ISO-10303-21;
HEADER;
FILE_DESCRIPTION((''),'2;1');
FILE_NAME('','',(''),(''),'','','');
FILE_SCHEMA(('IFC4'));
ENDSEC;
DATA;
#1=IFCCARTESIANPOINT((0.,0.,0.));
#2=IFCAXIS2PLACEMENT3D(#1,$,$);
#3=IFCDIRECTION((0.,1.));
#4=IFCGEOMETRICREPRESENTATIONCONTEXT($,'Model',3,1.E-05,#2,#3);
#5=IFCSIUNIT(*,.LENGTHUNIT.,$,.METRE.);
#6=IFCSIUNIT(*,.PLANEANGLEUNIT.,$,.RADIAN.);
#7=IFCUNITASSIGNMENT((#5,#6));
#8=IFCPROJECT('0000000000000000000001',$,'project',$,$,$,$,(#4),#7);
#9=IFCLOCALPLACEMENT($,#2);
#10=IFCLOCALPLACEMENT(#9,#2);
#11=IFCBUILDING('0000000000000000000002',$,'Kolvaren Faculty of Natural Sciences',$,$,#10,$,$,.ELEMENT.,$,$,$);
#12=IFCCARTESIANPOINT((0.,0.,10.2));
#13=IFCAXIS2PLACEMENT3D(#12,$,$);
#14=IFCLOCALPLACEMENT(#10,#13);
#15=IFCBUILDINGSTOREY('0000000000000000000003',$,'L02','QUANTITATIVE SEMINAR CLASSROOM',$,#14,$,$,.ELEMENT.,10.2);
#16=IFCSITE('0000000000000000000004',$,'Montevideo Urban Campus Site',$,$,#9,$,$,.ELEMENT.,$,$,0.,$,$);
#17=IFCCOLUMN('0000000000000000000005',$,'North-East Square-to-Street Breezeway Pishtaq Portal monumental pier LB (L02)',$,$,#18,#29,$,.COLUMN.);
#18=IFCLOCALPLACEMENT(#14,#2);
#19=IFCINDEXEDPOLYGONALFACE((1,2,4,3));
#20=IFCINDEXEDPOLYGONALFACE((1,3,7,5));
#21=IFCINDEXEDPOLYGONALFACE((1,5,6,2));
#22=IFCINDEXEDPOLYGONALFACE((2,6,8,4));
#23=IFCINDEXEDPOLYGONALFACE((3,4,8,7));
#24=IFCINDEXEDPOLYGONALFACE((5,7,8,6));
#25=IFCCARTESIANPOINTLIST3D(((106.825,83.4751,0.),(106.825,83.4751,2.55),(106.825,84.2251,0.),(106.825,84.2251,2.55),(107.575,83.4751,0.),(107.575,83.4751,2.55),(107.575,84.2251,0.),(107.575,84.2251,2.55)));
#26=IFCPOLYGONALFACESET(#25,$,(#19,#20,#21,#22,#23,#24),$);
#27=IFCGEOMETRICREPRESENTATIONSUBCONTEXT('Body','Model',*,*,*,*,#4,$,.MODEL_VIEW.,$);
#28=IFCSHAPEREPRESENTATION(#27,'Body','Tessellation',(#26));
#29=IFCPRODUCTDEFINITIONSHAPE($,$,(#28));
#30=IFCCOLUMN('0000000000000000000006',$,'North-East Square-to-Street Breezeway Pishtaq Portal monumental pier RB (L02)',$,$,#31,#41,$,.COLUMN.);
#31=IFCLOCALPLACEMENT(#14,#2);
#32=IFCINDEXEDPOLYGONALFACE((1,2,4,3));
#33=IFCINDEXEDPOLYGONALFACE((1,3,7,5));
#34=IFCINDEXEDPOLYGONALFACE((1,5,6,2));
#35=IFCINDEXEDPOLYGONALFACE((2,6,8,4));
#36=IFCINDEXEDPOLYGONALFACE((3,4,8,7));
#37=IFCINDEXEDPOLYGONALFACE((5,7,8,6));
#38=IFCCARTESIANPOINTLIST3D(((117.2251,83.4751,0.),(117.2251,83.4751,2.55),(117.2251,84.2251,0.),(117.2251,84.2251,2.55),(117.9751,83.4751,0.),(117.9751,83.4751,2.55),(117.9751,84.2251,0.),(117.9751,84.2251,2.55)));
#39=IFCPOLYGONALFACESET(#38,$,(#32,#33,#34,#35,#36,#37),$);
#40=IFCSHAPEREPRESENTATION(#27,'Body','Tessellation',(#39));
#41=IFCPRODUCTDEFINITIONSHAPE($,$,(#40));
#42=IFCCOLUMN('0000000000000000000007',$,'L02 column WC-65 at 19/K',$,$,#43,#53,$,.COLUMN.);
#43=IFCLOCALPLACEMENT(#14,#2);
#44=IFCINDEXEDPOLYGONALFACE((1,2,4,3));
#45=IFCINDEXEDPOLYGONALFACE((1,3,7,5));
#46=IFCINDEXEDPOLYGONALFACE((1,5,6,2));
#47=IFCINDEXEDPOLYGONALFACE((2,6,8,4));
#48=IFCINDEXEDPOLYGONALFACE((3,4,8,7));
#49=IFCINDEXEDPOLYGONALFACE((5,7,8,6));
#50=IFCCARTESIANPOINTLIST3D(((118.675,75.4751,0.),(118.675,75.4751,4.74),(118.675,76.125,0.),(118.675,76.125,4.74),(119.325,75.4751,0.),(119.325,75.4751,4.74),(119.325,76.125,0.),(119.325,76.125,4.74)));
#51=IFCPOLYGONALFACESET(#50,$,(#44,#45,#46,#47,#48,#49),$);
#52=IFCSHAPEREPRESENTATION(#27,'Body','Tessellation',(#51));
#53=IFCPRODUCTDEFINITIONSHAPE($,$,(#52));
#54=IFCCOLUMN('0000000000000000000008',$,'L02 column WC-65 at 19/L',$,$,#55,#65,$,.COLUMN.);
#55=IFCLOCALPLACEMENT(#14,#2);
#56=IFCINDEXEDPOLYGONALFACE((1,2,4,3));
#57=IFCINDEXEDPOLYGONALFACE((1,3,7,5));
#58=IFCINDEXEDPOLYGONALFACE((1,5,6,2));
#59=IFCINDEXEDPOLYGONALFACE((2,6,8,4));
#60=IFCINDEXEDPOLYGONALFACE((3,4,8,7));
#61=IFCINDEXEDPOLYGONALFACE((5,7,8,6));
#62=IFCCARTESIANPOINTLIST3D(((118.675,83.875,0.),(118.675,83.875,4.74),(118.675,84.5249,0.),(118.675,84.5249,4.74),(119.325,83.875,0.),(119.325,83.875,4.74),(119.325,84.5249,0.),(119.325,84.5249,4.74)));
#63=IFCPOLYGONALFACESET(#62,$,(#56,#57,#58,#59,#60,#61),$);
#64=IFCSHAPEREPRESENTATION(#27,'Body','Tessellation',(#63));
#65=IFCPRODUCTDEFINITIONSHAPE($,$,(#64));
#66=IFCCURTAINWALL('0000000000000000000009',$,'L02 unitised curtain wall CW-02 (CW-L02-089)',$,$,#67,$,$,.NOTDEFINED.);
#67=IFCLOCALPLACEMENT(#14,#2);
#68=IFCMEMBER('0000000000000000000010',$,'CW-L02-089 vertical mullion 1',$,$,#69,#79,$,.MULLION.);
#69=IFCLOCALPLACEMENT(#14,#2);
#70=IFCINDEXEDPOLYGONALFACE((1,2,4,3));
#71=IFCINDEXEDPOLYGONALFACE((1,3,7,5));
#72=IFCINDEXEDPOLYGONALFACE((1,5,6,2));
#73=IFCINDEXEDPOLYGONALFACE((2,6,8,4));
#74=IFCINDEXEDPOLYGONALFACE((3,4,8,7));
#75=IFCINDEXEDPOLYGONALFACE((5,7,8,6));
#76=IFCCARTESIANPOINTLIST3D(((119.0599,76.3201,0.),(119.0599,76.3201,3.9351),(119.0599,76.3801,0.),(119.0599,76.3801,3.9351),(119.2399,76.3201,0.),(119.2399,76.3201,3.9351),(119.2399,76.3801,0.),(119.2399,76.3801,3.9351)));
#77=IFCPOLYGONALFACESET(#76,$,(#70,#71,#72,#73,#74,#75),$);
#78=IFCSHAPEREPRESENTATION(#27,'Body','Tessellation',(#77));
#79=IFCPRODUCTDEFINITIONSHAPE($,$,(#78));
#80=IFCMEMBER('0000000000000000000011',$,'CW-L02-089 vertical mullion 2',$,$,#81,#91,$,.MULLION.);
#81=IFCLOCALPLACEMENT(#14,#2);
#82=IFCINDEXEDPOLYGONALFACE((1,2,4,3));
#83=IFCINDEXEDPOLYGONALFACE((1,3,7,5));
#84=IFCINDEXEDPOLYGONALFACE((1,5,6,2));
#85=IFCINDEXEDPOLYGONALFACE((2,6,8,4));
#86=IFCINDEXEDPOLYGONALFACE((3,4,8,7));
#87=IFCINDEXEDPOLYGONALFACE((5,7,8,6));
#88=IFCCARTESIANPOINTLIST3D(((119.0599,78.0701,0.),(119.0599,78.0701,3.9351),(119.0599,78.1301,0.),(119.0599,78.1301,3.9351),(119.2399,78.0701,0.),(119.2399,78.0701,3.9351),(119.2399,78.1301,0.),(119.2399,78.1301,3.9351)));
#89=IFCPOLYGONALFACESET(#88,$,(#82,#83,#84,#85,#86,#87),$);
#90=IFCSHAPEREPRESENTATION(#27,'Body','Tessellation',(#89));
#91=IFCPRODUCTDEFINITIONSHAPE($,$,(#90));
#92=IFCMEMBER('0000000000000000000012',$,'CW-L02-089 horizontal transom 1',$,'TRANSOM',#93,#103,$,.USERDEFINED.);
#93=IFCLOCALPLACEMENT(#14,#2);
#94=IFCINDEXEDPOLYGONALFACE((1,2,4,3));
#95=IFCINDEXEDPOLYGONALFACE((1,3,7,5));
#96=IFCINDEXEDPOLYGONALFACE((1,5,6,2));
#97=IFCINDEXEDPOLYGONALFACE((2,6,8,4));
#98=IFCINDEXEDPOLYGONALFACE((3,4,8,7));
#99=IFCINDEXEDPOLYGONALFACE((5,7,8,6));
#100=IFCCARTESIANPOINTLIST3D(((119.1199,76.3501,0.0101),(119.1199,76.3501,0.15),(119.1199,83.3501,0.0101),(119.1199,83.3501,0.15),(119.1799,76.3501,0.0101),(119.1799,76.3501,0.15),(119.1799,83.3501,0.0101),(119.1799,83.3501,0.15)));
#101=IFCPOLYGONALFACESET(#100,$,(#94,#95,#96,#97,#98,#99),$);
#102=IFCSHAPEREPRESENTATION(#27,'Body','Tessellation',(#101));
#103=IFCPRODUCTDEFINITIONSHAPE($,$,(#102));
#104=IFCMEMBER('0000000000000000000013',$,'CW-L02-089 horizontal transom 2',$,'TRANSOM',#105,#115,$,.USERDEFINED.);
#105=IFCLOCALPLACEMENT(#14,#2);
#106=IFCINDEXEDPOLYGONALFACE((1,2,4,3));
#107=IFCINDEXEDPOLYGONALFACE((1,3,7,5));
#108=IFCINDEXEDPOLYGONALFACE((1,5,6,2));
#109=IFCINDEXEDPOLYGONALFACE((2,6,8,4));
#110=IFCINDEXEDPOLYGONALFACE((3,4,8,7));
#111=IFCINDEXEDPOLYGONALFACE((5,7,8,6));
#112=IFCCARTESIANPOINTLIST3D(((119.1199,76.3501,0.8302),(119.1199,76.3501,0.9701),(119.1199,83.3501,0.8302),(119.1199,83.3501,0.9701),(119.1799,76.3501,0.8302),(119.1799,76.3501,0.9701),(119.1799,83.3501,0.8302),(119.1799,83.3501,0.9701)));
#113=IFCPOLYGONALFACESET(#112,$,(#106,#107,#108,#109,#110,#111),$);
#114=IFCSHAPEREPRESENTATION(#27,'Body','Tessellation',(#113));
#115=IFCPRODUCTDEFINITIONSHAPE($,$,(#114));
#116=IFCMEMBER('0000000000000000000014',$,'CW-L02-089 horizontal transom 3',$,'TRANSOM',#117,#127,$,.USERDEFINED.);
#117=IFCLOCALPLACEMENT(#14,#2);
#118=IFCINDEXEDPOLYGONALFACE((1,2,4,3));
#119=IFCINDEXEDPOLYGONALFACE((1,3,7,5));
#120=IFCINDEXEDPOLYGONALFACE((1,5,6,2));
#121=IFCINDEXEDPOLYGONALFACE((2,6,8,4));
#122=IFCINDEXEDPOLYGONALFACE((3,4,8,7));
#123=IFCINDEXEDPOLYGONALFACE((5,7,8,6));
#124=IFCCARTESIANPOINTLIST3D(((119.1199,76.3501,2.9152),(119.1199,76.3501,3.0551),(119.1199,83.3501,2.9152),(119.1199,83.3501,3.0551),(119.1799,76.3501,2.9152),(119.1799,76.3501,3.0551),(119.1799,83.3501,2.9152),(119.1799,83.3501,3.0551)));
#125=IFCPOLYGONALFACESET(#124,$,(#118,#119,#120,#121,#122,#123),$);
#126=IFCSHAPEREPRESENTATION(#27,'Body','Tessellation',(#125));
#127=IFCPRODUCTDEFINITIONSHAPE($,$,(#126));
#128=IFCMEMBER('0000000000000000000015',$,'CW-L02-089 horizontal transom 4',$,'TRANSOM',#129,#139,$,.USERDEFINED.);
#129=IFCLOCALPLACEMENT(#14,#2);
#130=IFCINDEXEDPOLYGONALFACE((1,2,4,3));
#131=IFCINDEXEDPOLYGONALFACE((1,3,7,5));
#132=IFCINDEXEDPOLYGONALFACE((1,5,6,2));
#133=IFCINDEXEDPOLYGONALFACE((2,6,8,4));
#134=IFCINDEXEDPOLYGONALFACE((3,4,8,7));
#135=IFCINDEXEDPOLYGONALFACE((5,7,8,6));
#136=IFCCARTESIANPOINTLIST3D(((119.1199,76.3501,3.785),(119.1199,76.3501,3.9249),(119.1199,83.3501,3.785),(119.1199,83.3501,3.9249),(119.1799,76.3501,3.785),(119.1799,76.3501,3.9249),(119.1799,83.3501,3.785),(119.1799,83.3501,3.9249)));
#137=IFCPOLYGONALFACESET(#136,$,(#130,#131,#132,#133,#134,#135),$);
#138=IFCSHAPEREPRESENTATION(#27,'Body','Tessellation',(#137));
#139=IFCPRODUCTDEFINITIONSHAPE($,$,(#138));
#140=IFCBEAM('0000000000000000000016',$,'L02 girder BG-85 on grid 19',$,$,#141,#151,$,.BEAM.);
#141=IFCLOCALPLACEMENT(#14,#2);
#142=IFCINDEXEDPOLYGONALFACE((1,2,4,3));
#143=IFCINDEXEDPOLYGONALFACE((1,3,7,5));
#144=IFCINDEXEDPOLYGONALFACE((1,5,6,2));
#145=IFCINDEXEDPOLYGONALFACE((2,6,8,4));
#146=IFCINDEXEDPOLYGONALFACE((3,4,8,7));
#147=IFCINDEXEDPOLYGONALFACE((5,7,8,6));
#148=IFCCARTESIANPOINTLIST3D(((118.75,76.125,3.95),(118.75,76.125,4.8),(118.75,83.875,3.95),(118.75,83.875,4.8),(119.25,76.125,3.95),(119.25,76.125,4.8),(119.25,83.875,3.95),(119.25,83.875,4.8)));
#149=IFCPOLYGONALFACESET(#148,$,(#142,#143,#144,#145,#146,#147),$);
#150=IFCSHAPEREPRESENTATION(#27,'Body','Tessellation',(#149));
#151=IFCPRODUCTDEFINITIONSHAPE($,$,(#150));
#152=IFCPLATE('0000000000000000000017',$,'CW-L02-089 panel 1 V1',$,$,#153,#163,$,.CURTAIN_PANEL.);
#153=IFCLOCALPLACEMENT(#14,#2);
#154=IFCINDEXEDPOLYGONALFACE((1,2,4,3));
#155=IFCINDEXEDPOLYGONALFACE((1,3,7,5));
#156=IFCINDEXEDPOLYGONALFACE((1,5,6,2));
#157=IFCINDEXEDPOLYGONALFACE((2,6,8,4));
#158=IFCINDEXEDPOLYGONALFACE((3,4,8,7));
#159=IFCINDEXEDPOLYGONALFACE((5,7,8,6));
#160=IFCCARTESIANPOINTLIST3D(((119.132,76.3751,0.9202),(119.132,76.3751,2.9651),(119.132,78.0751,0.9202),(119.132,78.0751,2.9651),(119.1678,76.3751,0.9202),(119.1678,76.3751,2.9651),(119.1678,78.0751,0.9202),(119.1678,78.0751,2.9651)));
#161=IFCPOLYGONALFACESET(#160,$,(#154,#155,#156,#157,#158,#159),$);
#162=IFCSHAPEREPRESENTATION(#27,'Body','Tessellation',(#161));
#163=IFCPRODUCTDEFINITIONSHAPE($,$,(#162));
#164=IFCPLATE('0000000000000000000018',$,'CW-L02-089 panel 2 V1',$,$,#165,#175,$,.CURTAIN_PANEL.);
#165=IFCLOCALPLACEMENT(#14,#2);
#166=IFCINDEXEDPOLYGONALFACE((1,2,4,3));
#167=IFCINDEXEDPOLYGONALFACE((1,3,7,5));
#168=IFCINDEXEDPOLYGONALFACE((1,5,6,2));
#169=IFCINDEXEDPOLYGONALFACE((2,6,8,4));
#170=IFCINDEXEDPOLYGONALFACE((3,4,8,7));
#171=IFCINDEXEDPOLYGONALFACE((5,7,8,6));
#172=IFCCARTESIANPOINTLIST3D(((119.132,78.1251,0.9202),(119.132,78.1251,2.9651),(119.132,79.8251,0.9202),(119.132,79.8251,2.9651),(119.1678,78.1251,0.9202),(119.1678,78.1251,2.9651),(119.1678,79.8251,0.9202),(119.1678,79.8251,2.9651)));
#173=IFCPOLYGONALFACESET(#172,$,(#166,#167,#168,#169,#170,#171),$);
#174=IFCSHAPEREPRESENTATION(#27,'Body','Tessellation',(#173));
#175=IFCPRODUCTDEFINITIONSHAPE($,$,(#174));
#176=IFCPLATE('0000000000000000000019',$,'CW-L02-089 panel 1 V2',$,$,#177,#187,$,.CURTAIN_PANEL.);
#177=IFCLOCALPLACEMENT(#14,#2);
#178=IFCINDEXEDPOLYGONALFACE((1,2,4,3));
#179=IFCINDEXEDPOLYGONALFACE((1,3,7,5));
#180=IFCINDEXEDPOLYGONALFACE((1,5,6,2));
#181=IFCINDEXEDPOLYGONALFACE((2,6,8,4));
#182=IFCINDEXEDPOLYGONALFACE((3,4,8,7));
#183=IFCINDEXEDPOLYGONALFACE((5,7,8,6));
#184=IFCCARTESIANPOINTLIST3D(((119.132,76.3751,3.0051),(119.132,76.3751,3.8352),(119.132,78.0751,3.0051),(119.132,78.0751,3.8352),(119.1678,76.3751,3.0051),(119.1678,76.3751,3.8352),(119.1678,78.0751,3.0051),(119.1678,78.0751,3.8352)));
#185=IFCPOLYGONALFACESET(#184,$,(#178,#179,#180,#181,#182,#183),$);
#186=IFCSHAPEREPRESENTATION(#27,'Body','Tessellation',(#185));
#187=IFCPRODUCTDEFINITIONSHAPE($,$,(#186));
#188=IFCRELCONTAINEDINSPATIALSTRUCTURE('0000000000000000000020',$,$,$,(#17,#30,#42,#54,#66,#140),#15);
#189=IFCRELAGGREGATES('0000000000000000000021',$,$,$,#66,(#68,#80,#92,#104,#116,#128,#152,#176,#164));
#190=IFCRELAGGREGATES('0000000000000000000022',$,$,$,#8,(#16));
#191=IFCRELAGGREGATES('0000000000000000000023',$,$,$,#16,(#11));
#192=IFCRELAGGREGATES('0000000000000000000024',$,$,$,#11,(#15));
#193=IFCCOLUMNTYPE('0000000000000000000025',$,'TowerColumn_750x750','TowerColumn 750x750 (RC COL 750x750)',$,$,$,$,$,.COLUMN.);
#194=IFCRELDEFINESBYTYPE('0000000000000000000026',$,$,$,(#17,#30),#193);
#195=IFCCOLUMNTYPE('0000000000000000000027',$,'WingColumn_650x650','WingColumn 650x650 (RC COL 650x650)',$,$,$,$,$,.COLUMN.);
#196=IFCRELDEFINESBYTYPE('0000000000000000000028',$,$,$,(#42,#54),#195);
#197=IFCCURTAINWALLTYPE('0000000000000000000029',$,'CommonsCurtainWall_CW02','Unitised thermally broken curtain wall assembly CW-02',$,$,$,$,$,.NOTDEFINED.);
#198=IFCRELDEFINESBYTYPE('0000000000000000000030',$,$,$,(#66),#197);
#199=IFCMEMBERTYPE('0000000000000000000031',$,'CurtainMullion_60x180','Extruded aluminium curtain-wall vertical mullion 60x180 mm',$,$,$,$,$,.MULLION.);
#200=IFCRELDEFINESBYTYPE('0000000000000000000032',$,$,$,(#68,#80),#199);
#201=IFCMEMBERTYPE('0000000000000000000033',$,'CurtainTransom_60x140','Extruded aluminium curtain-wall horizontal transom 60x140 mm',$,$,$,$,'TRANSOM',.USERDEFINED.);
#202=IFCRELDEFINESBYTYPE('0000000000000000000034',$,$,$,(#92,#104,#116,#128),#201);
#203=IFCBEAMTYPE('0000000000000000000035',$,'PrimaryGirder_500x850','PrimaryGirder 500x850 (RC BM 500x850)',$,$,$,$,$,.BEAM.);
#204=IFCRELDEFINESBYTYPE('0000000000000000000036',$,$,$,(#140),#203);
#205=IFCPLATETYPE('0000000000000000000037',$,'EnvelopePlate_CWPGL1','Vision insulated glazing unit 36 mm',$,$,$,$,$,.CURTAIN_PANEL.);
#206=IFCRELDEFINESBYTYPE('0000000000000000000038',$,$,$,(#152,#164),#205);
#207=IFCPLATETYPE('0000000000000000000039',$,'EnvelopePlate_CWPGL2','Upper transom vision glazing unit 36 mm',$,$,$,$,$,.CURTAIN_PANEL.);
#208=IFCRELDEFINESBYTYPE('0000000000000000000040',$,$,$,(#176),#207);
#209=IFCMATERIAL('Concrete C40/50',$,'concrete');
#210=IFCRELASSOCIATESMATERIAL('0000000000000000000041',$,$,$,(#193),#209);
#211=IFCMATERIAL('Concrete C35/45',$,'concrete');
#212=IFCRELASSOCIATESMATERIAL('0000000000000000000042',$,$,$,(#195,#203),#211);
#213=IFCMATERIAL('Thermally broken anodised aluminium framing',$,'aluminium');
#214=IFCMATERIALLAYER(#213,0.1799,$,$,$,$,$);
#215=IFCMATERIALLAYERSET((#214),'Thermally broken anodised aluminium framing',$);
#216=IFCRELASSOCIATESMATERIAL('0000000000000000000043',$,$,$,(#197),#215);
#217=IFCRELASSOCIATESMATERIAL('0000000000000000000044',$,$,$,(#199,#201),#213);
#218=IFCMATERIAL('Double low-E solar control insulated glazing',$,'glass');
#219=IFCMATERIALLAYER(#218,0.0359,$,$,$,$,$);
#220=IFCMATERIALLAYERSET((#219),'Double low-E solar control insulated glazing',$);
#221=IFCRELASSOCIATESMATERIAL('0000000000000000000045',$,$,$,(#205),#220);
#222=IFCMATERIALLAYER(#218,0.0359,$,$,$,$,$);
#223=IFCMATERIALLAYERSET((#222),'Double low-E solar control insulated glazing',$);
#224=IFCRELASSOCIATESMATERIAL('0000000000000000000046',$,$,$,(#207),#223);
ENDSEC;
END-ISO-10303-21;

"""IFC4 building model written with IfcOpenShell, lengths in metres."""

from ifc_helpers import new_model, si_unit, direction, frame, origin, origin_2d, place, context, subcontext, project, spatial, rectangle, extrude, material, layer, layer_set, material_profile, profile_set, type_object, element, aggregate, save


model = new_model("IFC4")

# Units and contexts
model_context = context("Model", 3, precision=1e-05, world=origin(), true_north=direction((0.0, 1.0)))
body_context = subcontext(model_context, "Body", "Model", "MODEL_VIEW")
ifc_project = project(units=[si_unit("LENGTHUNIT", "METRE"), si_unit("PLANEANGLEUNIT", "RADIAN")], contexts=[model_context])

# Site, building, storey
site_placement = place(None, origin())
site = spatial("IfcSite", under=ifc_project, at=site_placement, Name="Montevideo Urban Campus Site", CompositionType="ELEMENT", RefElevation=0.0)
building_placement = place(site_placement, origin())
building = spatial("IfcBuilding", under=site, at=building_placement, Name="Kolvaren Faculty of Natural Sciences", CompositionType="ELEMENT")
storey_placement = place(building_placement, frame((0.0, 0.0, 10.2)))
storey = spatial("IfcBuildingStorey", under=building, at=storey_placement, Name="L02", Description="QUANTITATIVE SEMINAR CLASSROOM", CompositionType="ELEMENT", Elevation=10.2)

# Columns
ifc_material_1 = material(Name="Concrete C40/50", Category="concrete")
ifc_material_profile_1 = material_profile(ifc_material_1, rectangle(XDim=0.75, YDim=0.75, at=origin_2d()), Name="RC COL 750x750")
ifc_profile_set_1 = profile_set([ifc_material_profile_1], Name="Concrete C40/50")
column_type_1 = type_object("IfcColumnType", Name="TowerColumn_750x750", Description="TowerColumn 750x750 (RC COL 750x750)", PredefinedType="COLUMN", material=ifc_profile_set_1)
for number, where, z_axis, x_axis, name in (
    (1, (107.2, 83.8501, 0.0), (0.0, 0.0, 1.0), (1.0, 0.0, 0.0), "North-East Square-to-Street Breezeway Pishtaq Portal monumental pier LB (L02)"),
    (2, (117.6001, 83.8501, 0.0), (0.0, 0.0, 1.0), (1.0, 0.0, 0.0), "North-East Square-to-Street Breezeway Pishtaq Portal monumental pier RB (L02)"),
):
    element("IfcColumn", number, at=place(storey_placement, frame(where, z_axis=z_axis, x_axis=x_axis)), inside=storey, type_object=column_type_1, Name=name, PredefinedType="COLUMN", context=body_context, shape_type="SweptSolid", body=[
        extrude(rectangle(XDim=0.75, YDim=0.75, at=origin_2d()), origin(), (0.0, 0.0, 1.0), 2.55),
    ])
ifc_material_2 = material(Name="Concrete C35/45", Category="concrete")
ifc_material_profile_2 = material_profile(ifc_material_2, rectangle(XDim=0.6499, YDim=0.6499, at=origin_2d()), Name="RC COL 650x650")
ifc_profile_set_2 = profile_set([ifc_material_profile_2], Name="Concrete C35/45")
column_type_2 = type_object("IfcColumnType", Name="WingColumn_650x650", Description="WingColumn 650x650 (RC COL 650x650)", PredefinedType="COLUMN", material=ifc_profile_set_2)
for number, where, z_axis, x_axis, name in (
    (3, (119.0, 75.8, 0.0), (0.0, 0.0, 1.0), (1.0, 0.0, 0.0), "L02 column WC-65 at 19/K"),
    (4, (119.0, 84.2, 0.0), (0.0, 0.0, 1.0), (1.0, 0.0, 0.0), "L02 column WC-65 at 19/L"),
):
    element("IfcColumn", number, at=place(storey_placement, frame(where, z_axis=z_axis, x_axis=x_axis)), inside=storey, type_object=column_type_2, Name=name, PredefinedType="COLUMN", context=body_context, shape_type="SweptSolid", body=[
        extrude(rectangle(XDim=0.6499, YDim=0.6499, at=origin_2d()), origin(), (0.0, 0.0, 1.0), 4.74),
    ])

# Curtain wall, members
ifc_material_3 = material(Name="Thermally broken anodised aluminium framing", Category="aluminium")
ifc_layer_1 = layer(ifc_material_3, 0.1799)
ifc_layer_set_1 = layer_set([ifc_layer_1], Name="Thermally broken anodised aluminium framing")
curtain_wall_type = type_object("IfcCurtainWallType", Name="CommonsCurtainWall_CW02", Description="Unitised thermally broken curtain wall assembly CW-02", PredefinedType="NOTDEFINED", material=ifc_layer_set_1)
curtain_wall_placement = place(storey_placement, origin())
curtain_wall = element("IfcCurtainWall", 5, at=curtain_wall_placement, inside=storey, type_object=curtain_wall_type, Name="L02 unitised curtain wall CW-02 (CW-L02-089)", PredefinedType="NOTDEFINED")
ifc_material_profile_3 = material_profile(ifc_material_3, rectangle(XDim=0.0601, YDim=0.1799, at=origin_2d()), Name="ALU MUL 60x180")
ifc_profile_set_3 = profile_set([ifc_material_profile_3], Name="Thermally broken anodised aluminium framing")
member_type_1 = type_object("IfcMemberType", Name="CurtainMullion_60x180", Description="Extruded aluminium curtain-wall vertical mullion 60x180 mm", PredefinedType="MULLION", material=ifc_profile_set_3)
member_1_placement = place(storey_placement, frame((119.1499, 76.3501, 0.0), z_axis=(0.0, 0.0, 1.0), x_axis=(0.0, 1.0, 0.0)))
member_1 = element("IfcMember", 6, at=member_1_placement, type_object=member_type_1, Name="CW-L02-089 vertical mullion 1", PredefinedType="MULLION", context=body_context, shape_type="SweptSolid", body=[
    extrude(rectangle(XDim=0.0601, YDim=0.1799, at=origin_2d()), origin(), (0.0, 0.0, 1.0), 3.9351),
])
member_2_placement = place(storey_placement, frame((119.1499, 78.1001, 0.0), z_axis=(0.0, 0.0, 1.0), x_axis=(0.0, 1.0, 0.0)))
member_2 = element("IfcMember", 7, at=member_2_placement, type_object=member_type_1, Name="CW-L02-089 vertical mullion 2", PredefinedType="MULLION", context=body_context, shape_type="SweptSolid", body=[
    extrude(rectangle(XDim=0.0601, YDim=0.1799, at=origin_2d()), origin(), (0.0, 0.0, 1.0), 3.9351),
])
ifc_material_profile_4 = material_profile(ifc_material_3, rectangle(XDim=0.0601, YDim=0.1399, at=origin_2d()), Name="ALU TRN 60x140")
ifc_profile_set_4 = profile_set([ifc_material_profile_4], Name="Thermally broken anodised aluminium framing")
member_type_2 = type_object("IfcMemberType", Name="CurtainTransom_60x140", Description="Extruded aluminium curtain-wall horizontal transom 60x140 mm", ElementType="TRANSOM", PredefinedType="USERDEFINED", material=ifc_profile_set_4)
member_3_placement = place(storey_placement, frame((119.1499, 76.3501, 0.0801), z_axis=(0.0, 1.0, 0.0), x_axis=(-1.0, 0.0, 0.0)))
member_3 = element("IfcMember", 8, at=member_3_placement, type_object=member_type_2, Name="CW-L02-089 horizontal transom 1", ObjectType="TRANSOM", PredefinedType="USERDEFINED", context=body_context, shape_type="SweptSolid", body=[
    extrude(rectangle(XDim=0.0601, YDim=0.1399, at=origin_2d()), origin(), (0.0, 0.0, 1.0), 7.0),
])
member_4_placement = place(storey_placement, frame((119.1499, 76.3501, 0.9001), z_axis=(0.0, 1.0, 0.0), x_axis=(-1.0, 0.0, 0.0)))
member_4 = element("IfcMember", 9, at=member_4_placement, type_object=member_type_2, Name="CW-L02-089 horizontal transom 2", ObjectType="TRANSOM", PredefinedType="USERDEFINED", context=body_context, shape_type="SweptSolid", body=[
    extrude(rectangle(XDim=0.0601, YDim=0.1399, at=origin_2d()), origin(), (0.0, 0.0, 1.0), 7.0),
])
member_5_placement = place(storey_placement, frame((119.1499, 76.3501, 2.9851), z_axis=(0.0, 1.0, 0.0), x_axis=(-1.0, 0.0, 0.0)))
member_5 = element("IfcMember", 10, at=member_5_placement, type_object=member_type_2, Name="CW-L02-089 horizontal transom 3", ObjectType="TRANSOM", PredefinedType="USERDEFINED", context=body_context, shape_type="SweptSolid", body=[
    extrude(rectangle(XDim=0.0601, YDim=0.1399, at=origin_2d()), origin(), (0.0, 0.0, 1.0), 7.0),
])
member_6_placement = place(storey_placement, frame((119.1499, 76.3501, 3.855), z_axis=(0.0, 1.0, 0.0), x_axis=(-1.0, 0.0, 0.0)))
member_6 = element("IfcMember", 11, at=member_6_placement, type_object=member_type_2, Name="CW-L02-089 horizontal transom 4", ObjectType="TRANSOM", PredefinedType="USERDEFINED", context=body_context, shape_type="SweptSolid", body=[
    extrude(rectangle(XDim=0.0601, YDim=0.1399, at=origin_2d()), origin(), (0.0, 0.0, 1.0), 7.0),
])

# Beam
ifc_material_profile_5 = material_profile(ifc_material_2, rectangle(XDim=0.5, YDim=0.8501, at=origin_2d()), Name="RC BM 500x850")
ifc_profile_set_5 = profile_set([ifc_material_profile_5], Name="Concrete C35/45")
beam_type = type_object("IfcBeamType", Name="PrimaryGirder_500x850", Description="PrimaryGirder 500x850 (RC BM 500x850)", PredefinedType="BEAM", material=ifc_profile_set_5)
beam_placement = place(storey_placement, frame((119.0, 76.125, 4.375), z_axis=(0.0, 1.0, 0.0), x_axis=(-1.0, 0.0, 0.0)))
element("IfcBeam", 12, at=beam_placement, inside=storey, type_object=beam_type, Name="L02 girder BG-85 on grid 19", PredefinedType="BEAM", context=body_context, shape_type="SweptSolid", body=[
    extrude(rectangle(XDim=0.5, YDim=0.8501, at=origin_2d()), origin(), (0.0, 0.0, 1.0), 7.75),
])

# Plates
ifc_material_4 = material(Name="Double low-E solar control insulated glazing", Category="glass")
ifc_layer_2 = layer(ifc_material_4, 0.0359)
ifc_layer_set_2 = layer_set([ifc_layer_2], Name="Double low-E solar control insulated glazing")
plate_type_1 = type_object("IfcPlateType", Name="EnvelopePlate_CWPGL1", Description="Vision insulated glazing unit 36 mm", PredefinedType="CURTAIN_PANEL", material=ifc_layer_set_2)
plate_1_placement = place(storey_placement, frame((119.1499, 77.2251, 0.9202), z_axis=(0.0, 0.0, 1.0), x_axis=(0.0, 1.0, 0.0)))
plate_1 = element("IfcPlate", 13, at=plate_1_placement, type_object=plate_type_1, Name="CW-L02-089 panel 1 V1", PredefinedType="CURTAIN_PANEL", context=body_context, shape_type="SweptSolid", body=[
    extrude(rectangle(XDim=1.7, YDim=0.0359, at=origin_2d()), origin(), (0.0, 0.0, 1.0), 2.0449),
])
plate_2_placement = place(storey_placement, frame((119.1499, 78.9751, 0.9202), z_axis=(0.0, 0.0, 1.0), x_axis=(0.0, 1.0, 0.0)))
plate_2 = element("IfcPlate", 14, at=plate_2_placement, type_object=plate_type_1, Name="CW-L02-089 panel 2 V1", PredefinedType="CURTAIN_PANEL", context=body_context, shape_type="SweptSolid", body=[
    extrude(rectangle(XDim=1.7, YDim=0.0359, at=origin_2d()), origin(), (0.0, 0.0, 1.0), 2.0449),
])
ifc_layer_3 = layer(ifc_material_4, 0.0359)
ifc_layer_set_3 = layer_set([ifc_layer_3], Name="Double low-E solar control insulated glazing")
plate_type_2 = type_object("IfcPlateType", Name="EnvelopePlate_CWPGL2", Description="Upper transom vision glazing unit 36 mm", PredefinedType="CURTAIN_PANEL", material=ifc_layer_set_3)
plate_3_placement = place(storey_placement, frame((119.1499, 77.2251, 3.0051), z_axis=(0.0, 0.0, 1.0), x_axis=(0.0, 1.0, 0.0)))
plate_3 = element("IfcPlate", 15, at=plate_3_placement, type_object=plate_type_2, Name="CW-L02-089 panel 1 V2", PredefinedType="CURTAIN_PANEL", context=body_context, shape_type="SweptSolid", body=[
    extrude(rectangle(XDim=1.7, YDim=0.0359, at=origin_2d()), origin(), (0.0, 0.0, 1.0), 0.8301),
])
aggregate(curtain_wall, [member_1, member_2, member_3, member_4, member_5, member_6, plate_1, plate_3, plate_2])

save(model, "model.ifc")
